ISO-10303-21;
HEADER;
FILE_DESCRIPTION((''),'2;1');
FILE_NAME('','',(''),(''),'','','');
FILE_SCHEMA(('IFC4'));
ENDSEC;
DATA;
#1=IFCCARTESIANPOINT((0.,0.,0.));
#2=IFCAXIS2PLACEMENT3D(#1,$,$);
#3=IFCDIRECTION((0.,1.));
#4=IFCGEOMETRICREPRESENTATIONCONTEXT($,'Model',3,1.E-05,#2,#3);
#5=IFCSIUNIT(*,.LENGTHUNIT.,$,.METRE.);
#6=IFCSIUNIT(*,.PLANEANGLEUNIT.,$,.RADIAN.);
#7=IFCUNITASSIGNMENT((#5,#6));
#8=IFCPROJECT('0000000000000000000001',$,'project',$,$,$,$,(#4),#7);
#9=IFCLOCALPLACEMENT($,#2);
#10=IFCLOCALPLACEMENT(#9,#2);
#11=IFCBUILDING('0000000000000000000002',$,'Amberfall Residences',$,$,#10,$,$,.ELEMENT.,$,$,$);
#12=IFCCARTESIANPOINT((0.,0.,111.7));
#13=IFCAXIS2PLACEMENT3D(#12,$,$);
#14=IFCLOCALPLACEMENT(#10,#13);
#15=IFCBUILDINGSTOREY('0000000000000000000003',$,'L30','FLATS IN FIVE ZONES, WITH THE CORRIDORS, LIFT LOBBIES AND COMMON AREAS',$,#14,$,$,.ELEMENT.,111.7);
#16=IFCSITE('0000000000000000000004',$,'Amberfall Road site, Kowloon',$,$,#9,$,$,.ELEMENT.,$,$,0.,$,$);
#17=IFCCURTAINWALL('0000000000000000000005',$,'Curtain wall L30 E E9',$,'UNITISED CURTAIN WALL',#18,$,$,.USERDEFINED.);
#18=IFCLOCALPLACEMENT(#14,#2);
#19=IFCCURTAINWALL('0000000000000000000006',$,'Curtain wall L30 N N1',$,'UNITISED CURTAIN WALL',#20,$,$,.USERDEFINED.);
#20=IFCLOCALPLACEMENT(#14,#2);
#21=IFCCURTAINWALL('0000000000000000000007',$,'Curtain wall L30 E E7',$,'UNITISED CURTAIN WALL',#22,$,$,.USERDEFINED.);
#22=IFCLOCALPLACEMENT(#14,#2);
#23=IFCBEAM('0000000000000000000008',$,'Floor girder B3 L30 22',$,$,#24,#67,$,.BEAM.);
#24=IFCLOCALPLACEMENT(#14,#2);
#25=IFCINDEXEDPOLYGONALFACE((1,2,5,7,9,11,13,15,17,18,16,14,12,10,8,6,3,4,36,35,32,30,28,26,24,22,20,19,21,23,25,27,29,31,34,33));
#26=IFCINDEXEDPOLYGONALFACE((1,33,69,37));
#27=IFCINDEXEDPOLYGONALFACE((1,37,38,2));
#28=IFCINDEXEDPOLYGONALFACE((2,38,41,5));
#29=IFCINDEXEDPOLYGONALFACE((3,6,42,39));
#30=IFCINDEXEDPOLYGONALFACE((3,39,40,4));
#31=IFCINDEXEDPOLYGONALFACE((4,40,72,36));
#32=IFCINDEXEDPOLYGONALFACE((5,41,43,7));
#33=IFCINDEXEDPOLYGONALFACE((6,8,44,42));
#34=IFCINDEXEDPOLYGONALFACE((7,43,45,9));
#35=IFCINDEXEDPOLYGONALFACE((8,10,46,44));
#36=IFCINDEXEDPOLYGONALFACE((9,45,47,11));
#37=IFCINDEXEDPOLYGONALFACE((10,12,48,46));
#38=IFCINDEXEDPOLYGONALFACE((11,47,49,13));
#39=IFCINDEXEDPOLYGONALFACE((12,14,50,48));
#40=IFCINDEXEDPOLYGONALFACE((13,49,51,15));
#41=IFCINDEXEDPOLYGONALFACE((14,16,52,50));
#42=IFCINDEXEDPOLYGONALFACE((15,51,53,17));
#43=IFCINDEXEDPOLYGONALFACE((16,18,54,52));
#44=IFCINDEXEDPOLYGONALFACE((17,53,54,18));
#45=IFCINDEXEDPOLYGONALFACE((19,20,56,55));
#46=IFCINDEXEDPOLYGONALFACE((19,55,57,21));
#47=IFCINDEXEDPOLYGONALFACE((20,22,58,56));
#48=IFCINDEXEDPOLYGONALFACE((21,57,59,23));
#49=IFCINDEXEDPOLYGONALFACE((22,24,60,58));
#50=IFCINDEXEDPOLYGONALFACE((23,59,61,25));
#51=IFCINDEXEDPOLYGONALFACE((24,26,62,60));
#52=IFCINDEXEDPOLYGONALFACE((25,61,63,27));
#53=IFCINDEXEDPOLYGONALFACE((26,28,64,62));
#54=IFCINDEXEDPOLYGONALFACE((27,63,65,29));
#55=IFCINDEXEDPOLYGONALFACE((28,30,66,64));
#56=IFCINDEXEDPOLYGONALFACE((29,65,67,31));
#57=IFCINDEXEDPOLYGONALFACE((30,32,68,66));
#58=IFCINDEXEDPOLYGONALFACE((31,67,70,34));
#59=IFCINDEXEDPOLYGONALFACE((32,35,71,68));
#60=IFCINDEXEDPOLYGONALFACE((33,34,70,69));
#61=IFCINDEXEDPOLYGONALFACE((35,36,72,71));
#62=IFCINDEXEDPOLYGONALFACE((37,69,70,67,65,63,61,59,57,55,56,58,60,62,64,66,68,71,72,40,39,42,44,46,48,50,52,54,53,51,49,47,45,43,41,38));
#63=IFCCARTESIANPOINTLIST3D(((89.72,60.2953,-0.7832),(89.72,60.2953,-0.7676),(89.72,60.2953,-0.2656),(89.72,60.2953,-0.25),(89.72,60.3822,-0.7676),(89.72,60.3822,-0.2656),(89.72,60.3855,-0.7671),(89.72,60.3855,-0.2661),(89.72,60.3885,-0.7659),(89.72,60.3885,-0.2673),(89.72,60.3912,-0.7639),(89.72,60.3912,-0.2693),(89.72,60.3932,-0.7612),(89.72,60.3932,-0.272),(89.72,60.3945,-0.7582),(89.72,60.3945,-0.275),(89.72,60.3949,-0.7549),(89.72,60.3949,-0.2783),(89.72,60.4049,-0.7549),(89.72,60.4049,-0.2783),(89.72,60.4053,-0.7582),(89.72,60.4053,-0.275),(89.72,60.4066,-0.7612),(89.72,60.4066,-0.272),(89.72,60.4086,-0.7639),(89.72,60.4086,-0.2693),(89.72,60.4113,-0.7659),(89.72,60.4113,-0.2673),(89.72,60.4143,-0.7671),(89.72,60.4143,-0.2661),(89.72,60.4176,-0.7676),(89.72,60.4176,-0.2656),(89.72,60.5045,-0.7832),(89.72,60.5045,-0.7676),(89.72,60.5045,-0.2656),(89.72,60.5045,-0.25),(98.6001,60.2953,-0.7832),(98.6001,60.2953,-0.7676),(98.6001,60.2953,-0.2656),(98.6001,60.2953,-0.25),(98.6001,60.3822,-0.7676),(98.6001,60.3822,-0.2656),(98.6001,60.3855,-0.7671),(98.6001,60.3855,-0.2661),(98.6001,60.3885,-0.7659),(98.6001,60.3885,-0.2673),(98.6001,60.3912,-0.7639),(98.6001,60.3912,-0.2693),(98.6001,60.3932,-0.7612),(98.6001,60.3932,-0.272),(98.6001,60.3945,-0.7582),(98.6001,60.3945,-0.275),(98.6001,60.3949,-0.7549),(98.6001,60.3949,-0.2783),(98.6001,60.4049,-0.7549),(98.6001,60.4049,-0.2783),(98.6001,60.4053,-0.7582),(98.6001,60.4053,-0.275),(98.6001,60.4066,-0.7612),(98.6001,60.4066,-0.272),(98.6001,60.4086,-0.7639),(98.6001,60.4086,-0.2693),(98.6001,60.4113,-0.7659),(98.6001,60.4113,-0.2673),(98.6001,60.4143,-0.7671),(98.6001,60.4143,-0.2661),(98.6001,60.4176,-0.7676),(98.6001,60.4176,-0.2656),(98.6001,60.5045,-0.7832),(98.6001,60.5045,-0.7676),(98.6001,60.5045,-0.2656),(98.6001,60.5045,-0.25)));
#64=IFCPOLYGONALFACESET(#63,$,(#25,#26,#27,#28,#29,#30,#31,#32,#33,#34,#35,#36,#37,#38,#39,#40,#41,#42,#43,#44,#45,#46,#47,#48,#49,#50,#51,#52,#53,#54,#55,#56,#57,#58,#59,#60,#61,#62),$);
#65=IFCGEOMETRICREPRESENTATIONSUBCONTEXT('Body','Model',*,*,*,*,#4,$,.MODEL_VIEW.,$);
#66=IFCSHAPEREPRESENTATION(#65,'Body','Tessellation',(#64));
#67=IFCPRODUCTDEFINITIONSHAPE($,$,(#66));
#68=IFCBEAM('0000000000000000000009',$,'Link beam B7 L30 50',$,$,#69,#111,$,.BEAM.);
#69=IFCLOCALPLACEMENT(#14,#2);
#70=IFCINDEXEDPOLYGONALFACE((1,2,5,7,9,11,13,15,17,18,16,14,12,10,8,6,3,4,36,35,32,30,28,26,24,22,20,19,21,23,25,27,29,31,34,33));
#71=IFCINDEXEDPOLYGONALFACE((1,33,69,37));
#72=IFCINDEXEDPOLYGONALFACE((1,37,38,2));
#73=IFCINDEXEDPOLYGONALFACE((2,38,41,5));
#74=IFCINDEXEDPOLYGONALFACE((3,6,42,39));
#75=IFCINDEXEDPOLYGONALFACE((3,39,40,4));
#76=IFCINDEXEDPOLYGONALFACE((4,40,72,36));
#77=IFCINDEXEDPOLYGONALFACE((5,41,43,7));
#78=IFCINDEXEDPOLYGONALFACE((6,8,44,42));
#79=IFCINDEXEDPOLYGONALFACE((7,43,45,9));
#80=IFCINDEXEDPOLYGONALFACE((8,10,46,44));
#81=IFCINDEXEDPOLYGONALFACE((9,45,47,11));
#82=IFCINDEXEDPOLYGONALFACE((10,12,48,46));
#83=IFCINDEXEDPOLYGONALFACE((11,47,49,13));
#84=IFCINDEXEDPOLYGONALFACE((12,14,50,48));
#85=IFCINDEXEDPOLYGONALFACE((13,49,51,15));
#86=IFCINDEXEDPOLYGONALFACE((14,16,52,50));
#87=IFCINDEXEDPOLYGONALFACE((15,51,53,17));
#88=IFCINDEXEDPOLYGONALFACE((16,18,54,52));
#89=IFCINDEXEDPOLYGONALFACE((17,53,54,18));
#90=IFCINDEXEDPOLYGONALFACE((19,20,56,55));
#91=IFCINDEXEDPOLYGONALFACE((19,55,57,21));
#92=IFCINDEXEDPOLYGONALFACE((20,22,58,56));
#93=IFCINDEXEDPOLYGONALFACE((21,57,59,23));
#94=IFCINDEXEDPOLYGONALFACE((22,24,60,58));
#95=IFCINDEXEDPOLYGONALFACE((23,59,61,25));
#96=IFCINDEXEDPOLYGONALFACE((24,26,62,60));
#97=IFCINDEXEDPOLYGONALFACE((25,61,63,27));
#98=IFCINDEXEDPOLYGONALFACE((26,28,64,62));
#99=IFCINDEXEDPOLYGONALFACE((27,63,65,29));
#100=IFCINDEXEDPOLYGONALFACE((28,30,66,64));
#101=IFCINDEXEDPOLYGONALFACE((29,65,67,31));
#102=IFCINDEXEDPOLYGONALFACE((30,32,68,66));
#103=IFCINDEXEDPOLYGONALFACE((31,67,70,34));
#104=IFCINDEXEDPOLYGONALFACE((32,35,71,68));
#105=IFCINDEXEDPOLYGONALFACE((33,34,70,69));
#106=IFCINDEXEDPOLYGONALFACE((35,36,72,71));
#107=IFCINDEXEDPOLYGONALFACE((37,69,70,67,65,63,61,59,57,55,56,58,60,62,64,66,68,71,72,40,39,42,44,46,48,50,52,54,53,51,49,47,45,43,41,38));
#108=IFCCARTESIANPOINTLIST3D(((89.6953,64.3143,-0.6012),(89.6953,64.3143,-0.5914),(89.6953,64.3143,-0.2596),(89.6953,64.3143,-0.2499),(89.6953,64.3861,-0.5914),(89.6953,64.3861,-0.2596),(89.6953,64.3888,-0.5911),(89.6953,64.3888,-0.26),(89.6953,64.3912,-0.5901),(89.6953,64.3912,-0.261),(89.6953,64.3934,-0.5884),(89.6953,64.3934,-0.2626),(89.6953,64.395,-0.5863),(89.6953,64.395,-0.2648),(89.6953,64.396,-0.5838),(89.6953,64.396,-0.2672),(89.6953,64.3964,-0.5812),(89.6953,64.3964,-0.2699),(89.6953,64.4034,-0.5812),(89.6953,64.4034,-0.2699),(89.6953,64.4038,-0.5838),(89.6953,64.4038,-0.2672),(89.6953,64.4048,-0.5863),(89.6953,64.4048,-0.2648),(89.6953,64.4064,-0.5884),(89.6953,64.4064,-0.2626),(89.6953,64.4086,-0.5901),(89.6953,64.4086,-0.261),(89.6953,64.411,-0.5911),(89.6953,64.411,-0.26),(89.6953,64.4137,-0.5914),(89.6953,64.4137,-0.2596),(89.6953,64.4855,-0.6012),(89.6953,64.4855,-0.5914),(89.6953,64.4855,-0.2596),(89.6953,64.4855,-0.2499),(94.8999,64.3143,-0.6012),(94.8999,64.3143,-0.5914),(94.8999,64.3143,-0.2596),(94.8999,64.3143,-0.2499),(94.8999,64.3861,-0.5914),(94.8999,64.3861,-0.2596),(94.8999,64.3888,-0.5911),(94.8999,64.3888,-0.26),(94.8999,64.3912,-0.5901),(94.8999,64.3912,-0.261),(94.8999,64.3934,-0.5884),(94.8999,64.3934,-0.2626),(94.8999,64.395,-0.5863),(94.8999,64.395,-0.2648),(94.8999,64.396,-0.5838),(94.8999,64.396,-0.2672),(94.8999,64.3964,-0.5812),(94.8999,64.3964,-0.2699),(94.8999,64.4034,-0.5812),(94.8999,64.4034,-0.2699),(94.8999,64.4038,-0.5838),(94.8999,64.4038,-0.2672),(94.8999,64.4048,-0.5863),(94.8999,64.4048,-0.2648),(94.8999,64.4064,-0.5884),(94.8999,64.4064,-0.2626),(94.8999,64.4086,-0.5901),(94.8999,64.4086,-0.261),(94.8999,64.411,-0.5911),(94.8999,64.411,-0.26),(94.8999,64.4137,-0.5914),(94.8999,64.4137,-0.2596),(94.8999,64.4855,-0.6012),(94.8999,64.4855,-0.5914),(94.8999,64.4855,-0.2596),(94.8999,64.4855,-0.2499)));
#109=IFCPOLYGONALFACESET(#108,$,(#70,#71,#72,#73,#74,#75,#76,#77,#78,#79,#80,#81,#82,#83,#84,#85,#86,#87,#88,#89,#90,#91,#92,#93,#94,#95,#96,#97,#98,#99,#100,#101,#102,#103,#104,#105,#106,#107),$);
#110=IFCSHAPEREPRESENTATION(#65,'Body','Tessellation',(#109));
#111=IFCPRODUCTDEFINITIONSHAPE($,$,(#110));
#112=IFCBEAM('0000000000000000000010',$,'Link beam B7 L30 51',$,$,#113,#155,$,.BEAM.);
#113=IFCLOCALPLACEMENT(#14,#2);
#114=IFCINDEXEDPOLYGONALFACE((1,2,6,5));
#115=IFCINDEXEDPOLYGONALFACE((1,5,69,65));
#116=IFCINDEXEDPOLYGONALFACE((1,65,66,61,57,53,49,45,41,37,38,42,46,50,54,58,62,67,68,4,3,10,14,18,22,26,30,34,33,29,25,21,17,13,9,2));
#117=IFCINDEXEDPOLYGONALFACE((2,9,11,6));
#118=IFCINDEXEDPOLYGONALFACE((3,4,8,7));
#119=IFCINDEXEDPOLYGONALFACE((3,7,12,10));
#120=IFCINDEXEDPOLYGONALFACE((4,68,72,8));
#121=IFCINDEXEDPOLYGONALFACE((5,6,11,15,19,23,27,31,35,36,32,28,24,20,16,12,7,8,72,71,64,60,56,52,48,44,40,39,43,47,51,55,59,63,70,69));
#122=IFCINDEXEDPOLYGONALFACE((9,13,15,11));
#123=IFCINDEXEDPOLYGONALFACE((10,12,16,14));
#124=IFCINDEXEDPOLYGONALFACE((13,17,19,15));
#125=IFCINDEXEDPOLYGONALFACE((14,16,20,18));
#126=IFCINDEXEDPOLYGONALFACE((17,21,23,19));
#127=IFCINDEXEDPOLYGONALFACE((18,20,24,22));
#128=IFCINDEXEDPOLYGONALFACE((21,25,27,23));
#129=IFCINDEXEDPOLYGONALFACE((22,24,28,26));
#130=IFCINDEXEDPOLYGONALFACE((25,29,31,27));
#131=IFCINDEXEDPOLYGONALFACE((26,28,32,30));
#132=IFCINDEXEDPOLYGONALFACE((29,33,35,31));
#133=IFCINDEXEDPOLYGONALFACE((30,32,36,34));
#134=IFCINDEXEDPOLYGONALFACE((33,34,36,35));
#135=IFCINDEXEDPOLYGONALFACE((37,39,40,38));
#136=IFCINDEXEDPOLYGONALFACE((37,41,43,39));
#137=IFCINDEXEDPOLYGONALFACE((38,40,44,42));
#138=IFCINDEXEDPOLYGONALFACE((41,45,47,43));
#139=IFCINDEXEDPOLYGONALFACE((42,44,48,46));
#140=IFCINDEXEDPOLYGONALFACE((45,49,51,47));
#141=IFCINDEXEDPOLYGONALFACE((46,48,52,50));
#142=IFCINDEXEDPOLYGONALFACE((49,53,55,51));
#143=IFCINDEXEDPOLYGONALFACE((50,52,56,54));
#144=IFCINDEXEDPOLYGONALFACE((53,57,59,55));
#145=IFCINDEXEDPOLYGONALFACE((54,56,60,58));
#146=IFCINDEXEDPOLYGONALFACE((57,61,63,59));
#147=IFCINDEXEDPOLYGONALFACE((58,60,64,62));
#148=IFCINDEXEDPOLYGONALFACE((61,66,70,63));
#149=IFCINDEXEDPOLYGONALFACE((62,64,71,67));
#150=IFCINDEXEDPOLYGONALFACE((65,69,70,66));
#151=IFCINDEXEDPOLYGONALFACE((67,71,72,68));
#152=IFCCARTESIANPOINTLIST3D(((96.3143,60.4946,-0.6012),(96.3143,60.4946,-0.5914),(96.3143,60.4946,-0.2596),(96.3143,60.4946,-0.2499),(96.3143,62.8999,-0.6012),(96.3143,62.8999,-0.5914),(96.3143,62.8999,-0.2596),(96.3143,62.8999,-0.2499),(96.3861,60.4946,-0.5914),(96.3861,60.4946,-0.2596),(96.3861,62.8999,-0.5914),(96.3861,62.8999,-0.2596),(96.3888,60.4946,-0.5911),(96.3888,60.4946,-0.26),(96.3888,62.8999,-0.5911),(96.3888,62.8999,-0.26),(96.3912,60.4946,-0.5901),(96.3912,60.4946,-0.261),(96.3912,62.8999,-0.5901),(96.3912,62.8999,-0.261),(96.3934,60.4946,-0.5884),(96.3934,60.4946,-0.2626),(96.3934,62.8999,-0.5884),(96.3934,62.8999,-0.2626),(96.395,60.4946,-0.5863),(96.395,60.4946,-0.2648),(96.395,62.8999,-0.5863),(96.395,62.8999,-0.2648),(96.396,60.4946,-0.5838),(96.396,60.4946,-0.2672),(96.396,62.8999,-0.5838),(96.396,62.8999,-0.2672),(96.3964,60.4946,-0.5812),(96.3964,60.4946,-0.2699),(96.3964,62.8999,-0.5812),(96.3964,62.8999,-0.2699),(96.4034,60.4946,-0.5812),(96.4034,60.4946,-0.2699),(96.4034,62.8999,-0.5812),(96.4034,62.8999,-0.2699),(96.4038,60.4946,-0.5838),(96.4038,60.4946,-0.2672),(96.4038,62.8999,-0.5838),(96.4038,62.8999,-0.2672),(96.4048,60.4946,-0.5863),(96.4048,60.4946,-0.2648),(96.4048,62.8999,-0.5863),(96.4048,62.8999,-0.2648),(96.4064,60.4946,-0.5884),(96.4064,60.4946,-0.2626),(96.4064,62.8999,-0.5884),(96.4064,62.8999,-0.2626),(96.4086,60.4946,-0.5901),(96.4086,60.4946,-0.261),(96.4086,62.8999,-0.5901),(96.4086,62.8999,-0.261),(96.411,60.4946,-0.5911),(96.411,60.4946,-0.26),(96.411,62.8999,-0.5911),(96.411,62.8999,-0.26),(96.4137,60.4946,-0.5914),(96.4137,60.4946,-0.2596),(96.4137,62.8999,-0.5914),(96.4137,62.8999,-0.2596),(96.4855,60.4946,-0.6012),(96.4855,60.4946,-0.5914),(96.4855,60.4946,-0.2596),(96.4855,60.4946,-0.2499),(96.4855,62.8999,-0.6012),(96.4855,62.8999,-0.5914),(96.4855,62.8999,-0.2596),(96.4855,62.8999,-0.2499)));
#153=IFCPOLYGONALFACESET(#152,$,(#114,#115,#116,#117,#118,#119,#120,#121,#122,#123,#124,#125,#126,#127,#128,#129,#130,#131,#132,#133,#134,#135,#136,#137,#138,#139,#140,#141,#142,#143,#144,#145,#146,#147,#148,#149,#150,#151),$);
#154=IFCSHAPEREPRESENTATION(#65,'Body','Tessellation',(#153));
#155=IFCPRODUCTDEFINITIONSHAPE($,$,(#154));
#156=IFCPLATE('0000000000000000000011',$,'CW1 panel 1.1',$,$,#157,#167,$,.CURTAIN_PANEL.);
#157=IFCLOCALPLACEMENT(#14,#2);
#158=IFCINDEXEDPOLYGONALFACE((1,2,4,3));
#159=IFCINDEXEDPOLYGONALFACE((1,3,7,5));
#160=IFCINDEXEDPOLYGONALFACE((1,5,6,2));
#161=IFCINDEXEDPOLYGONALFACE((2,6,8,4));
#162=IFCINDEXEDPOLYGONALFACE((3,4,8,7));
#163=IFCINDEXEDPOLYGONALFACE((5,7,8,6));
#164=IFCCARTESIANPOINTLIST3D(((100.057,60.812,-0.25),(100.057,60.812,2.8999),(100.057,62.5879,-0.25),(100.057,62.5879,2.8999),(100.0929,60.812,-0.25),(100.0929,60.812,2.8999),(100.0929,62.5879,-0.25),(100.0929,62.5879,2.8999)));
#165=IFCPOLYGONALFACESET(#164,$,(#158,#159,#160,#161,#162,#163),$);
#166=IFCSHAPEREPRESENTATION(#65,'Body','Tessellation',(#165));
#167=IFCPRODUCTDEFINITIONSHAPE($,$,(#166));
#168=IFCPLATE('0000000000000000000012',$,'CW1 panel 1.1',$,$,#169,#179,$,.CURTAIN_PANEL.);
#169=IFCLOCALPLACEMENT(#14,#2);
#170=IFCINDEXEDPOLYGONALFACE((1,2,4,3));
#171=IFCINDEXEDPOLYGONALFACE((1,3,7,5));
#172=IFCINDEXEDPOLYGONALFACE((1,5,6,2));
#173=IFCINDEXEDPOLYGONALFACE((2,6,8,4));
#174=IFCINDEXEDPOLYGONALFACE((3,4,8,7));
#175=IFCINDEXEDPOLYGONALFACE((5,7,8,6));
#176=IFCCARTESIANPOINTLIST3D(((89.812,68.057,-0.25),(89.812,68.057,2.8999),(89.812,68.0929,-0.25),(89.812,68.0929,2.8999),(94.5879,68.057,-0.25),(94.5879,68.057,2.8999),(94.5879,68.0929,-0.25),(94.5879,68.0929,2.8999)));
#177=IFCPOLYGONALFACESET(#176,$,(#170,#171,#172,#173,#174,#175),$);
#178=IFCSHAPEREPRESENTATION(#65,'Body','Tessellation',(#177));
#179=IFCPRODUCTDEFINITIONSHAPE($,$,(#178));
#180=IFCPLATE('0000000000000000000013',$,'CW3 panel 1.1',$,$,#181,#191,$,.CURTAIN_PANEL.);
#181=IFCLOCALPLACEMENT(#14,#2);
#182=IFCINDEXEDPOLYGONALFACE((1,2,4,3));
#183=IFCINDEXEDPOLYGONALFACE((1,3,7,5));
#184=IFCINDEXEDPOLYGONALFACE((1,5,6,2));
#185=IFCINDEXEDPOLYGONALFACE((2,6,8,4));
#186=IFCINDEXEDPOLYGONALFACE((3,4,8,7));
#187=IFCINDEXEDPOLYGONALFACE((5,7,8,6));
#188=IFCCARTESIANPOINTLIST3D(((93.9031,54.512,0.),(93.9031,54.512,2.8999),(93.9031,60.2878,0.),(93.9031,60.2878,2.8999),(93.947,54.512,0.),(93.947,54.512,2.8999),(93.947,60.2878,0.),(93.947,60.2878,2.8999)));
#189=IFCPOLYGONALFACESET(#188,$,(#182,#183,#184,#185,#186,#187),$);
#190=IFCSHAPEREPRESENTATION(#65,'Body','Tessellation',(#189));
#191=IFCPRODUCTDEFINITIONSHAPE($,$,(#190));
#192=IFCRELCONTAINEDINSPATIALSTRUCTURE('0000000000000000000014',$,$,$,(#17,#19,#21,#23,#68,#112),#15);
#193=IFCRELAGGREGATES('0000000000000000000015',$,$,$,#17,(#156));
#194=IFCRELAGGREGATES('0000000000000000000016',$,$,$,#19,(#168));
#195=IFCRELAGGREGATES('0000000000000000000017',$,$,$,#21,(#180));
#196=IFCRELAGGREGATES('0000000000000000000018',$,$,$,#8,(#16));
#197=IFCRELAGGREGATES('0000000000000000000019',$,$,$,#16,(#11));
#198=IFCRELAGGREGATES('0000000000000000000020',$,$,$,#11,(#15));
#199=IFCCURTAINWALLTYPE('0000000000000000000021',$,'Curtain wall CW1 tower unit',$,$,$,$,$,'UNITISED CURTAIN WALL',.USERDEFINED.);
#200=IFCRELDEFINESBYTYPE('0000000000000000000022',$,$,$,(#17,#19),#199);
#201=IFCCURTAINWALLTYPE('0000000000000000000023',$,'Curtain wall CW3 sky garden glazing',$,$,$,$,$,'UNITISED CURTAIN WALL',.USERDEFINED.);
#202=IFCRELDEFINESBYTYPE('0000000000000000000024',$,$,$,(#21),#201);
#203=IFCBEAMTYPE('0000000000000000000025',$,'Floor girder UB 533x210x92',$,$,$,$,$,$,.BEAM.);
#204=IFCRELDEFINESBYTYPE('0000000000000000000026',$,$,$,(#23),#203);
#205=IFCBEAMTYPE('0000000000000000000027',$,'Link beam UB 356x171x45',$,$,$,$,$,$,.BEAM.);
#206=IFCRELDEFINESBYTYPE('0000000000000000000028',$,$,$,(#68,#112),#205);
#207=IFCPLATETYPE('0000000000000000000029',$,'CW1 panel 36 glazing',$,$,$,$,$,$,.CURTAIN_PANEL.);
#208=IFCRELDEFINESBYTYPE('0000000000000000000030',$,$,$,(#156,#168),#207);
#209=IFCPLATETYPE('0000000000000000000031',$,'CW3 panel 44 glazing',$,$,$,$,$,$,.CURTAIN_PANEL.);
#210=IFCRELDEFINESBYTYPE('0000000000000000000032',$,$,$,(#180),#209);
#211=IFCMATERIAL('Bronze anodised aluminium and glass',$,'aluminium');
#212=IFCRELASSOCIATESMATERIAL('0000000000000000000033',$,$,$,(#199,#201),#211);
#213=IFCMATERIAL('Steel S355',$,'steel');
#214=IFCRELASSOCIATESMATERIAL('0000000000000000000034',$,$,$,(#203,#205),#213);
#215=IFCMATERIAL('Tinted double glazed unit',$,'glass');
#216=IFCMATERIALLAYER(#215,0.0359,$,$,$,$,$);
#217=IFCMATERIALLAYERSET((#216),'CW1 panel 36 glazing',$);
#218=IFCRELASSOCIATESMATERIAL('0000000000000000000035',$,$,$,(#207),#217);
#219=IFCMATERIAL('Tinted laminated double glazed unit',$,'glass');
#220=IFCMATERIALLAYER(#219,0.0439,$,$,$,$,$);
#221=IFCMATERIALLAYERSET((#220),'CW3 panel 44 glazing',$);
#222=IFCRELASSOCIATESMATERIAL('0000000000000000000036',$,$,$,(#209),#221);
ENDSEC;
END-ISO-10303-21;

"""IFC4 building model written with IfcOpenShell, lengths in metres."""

from ifc_helpers import new_model, si_unit, direction, frame, origin, origin_2d, place, context, subcontext, project, spatial, rectangle, i_section, extrude, material, layer, layer_set, material_profile, profile_set, type_object, element, aggregate, save


model = new_model("IFC4")

# Units and contexts
model_context = context("Model", 3, precision=1e-05, world=origin(), true_north=direction((0.0, 1.0)))
body_context = subcontext(model_context, "Body", "Model", "MODEL_VIEW")
ifc_project = project(units=[si_unit("LENGTHUNIT", "METRE"), si_unit("PLANEANGLEUNIT", "RADIAN")], contexts=[model_context])

# Site, building, storey
site_placement = place(None, origin())
site = spatial("IfcSite", under=ifc_project, at=site_placement, Name="Amberfall Road site, Kowloon", CompositionType="ELEMENT", RefElevation=0.0)
building_placement = place(site_placement, origin())
building = spatial("IfcBuilding", under=site, at=building_placement, Name="Amberfall Residences", CompositionType="ELEMENT")
storey_placement = place(building_placement, frame((0.0, 0.0, 111.7)))
storey = spatial("IfcBuildingStorey", under=building, at=storey_placement, Name="L30", Description="FLATS IN FIVE ZONES, WITH THE CORRIDORS, LIFT LOBBIES AND COMMON AREAS", CompositionType="ELEMENT", Elevation=111.7)

# Curtain walls
ifc_material_1 = material(Name="Bronze anodised aluminium and glass", Category="aluminium")
curtain_wall_type_1 = type_object("IfcCurtainWallType", Name="Curtain wall CW1 tower unit", ElementType="UNITISED CURTAIN WALL", PredefinedType="USERDEFINED", material=ifc_material_1)
curtain_wall_1_placement = place(storey_placement, origin())
curtain_wall_1 = element("IfcCurtainWall", 1, at=curtain_wall_1_placement, inside=storey, type_object=curtain_wall_type_1, Name="Curtain wall L30 E E9", ObjectType="UNITISED CURTAIN WALL", PredefinedType="USERDEFINED")
curtain_wall_2_placement = place(storey_placement, origin())
curtain_wall_2 = element("IfcCurtainWall", 2, at=curtain_wall_2_placement, inside=storey, type_object=curtain_wall_type_1, Name="Curtain wall L30 N N1", ObjectType="UNITISED CURTAIN WALL", PredefinedType="USERDEFINED")

# Curtain wall
curtain_wall_type_2 = type_object("IfcCurtainWallType", Name="Curtain wall CW3 sky garden glazing", ElementType="UNITISED CURTAIN WALL", PredefinedType="USERDEFINED", material=ifc_material_1)
curtain_wall_3_placement = place(storey_placement, origin())
curtain_wall_3 = element("IfcCurtainWall", 3, at=curtain_wall_3_placement, inside=storey, type_object=curtain_wall_type_2, Name="Curtain wall L30 E E7", ObjectType="UNITISED CURTAIN WALL", PredefinedType="USERDEFINED")

# Beams
ifc_material_2 = material(Name="Steel S355", Category="steel")
ifc_material_profile_1 = material_profile(ifc_material_2, i_section(OverallWidth=0.2092, OverallDepth=0.5332, WebThickness=0.01, FlangeThickness=0.0156, FilletRadius=0.0127, at=origin_2d()), Name="UB 533x210x92")
ifc_profile_set_1 = profile_set([ifc_material_profile_1], Name="Steel S355")
beam_type_1 = type_object("IfcBeamType", Name="Floor girder UB 533x210x92", PredefinedType="BEAM", material=ifc_profile_set_1)
beam_1_placement = place(storey_placement, frame((98.6001, 60.3999, -0.5166), z_axis=(-1.0, 0.0, 0.0), x_axis=(0.0, -1.0, 0.0)))
element("IfcBeam", 4, at=beam_1_placement, inside=storey, type_object=beam_type_1, Name="Floor girder B3 L30 22", PredefinedType="BEAM", context=body_context, shape_type="SweptSolid", body=[
    extrude(i_section(OverallWidth=0.2092, OverallDepth=0.5332, WebThickness=0.01, FlangeThickness=0.0156, FilletRadius=0.0127, at=origin_2d()), origin(), (0.0, 0.0, 1.0), 8.8801),
])
ifc_material_profile_2 = material_profile(ifc_material_2, i_section(OverallWidth=0.1711, OverallDepth=0.3513, WebThickness=0.0071, FlangeThickness=0.0098, FilletRadius=0.0103, at=origin_2d()), Name="UB 356x171x45")
ifc_profile_set_2 = profile_set([ifc_material_profile_2], Name="Steel S355")
beam_type_2 = type_object("IfcBeamType", Name="Link beam UB 356x171x45", PredefinedType="BEAM", material=ifc_profile_set_2)
beam_2_placement = place(storey_placement, frame((94.8999, 64.3999, -0.4255), z_axis=(-1.0, 0.0, 0.0), x_axis=(0.0, -1.0, 0.0)))
element("IfcBeam", 5, at=beam_2_placement, inside=storey, type_object=beam_type_2, Name="Link beam B7 L30 50", PredefinedType="BEAM", context=body_context, shape_type="SweptSolid", body=[
    extrude(i_section(OverallWidth=0.1711, OverallDepth=0.3513, WebThickness=0.0071, FlangeThickness=0.0098, FilletRadius=0.0103, at=origin_2d()), origin(), (0.0, 0.0, 1.0), 5.2046),
])
beam_3_placement = place(storey_placement, frame((96.3999, 62.8999, -0.4255), z_axis=(0.0, -1.0, 0.0), x_axis=(1.0, 0.0, 0.0)))
element("IfcBeam", 6, at=beam_3_placement, inside=storey, type_object=beam_type_2, Name="Link beam B7 L30 51", PredefinedType="BEAM", context=body_context, shape_type="SweptSolid", body=[
    extrude(i_section(OverallWidth=0.1711, OverallDepth=0.3513, WebThickness=0.0071, FlangeThickness=0.0098, FilletRadius=0.0103, at=origin_2d()), origin(), (0.0, 0.0, 1.0), 2.4053),
])

# Plates
ifc_material_3 = material(Name="Tinted double glazed unit", Category="glass")
ifc_layer_1 = layer(ifc_material_3, 0.0359)
ifc_layer_set_1 = layer_set([ifc_layer_1], Name="CW1 panel 36 glazing")
plate_type_1 = type_object("IfcPlateType", Name="CW1 panel 36 glazing", PredefinedType="CURTAIN_PANEL", material=ifc_layer_set_1)
plate_1_placement = place(storey_placement, frame((100.075, 61.7, -0.25), z_axis=(0.0, 0.0, 1.0), x_axis=(0.0, 1.0, 0.0)))
plate_1 = element("IfcPlate", 7, at=plate_1_placement, type_object=plate_type_1, Name="CW1 panel 1.1", PredefinedType="CURTAIN_PANEL", context=body_context, shape_type="SweptSolid", body=[
    extrude(rectangle(XDim=1.7759, YDim=0.0359, at=origin_2d()), origin(), (0.0, 0.0, 1.0), 3.1499),
])
aggregate(curtain_wall_1, [plate_1])
plate_2_placement = place(storey_placement, frame((92.2, 68.075, -0.25), z_axis=(0.0, 0.0, 1.0), x_axis=(-1.0, 0.0, 0.0)))
plate_2 = element("IfcPlate", 8, at=plate_2_placement, type_object=plate_type_1, Name="CW1 panel 1.1", PredefinedType="CURTAIN_PANEL", context=body_context, shape_type="SweptSolid", body=[
    extrude(rectangle(XDim=4.7759, YDim=0.0359, at=origin_2d()), origin(), (0.0, 0.0, 1.0), 3.1499),
])
aggregate(curtain_wall_2, [plate_2])
ifc_material_4 = material(Name="Tinted laminated double glazed unit", Category="glass")
ifc_layer_2 = layer(ifc_material_4, 0.0439)
ifc_layer_set_2 = layer_set([ifc_layer_2], Name="CW3 panel 44 glazing")
plate_type_2 = type_object("IfcPlateType", Name="CW3 panel 44 glazing", PredefinedType="CURTAIN_PANEL", material=ifc_layer_set_2)
plate_3_placement = place(storey_placement, frame((93.925, 57.3999, 0.0), z_axis=(0.0, 0.0, 1.0), x_axis=(0.0, 1.0, 0.0)))
plate_3 = element("IfcPlate", 9, at=plate_3_placement, type_object=plate_type_2, Name="CW3 panel 1.1", PredefinedType="CURTAIN_PANEL", context=body_context, shape_type="SweptSolid", body=[
    extrude(rectangle(XDim=5.7759, YDim=0.0439, at=origin_2d()), origin(), (0.0, 0.0, 1.0), 2.8999),
])
aggregate(curtain_wall_3, [plate_3])

save(model, "model.ifc")
